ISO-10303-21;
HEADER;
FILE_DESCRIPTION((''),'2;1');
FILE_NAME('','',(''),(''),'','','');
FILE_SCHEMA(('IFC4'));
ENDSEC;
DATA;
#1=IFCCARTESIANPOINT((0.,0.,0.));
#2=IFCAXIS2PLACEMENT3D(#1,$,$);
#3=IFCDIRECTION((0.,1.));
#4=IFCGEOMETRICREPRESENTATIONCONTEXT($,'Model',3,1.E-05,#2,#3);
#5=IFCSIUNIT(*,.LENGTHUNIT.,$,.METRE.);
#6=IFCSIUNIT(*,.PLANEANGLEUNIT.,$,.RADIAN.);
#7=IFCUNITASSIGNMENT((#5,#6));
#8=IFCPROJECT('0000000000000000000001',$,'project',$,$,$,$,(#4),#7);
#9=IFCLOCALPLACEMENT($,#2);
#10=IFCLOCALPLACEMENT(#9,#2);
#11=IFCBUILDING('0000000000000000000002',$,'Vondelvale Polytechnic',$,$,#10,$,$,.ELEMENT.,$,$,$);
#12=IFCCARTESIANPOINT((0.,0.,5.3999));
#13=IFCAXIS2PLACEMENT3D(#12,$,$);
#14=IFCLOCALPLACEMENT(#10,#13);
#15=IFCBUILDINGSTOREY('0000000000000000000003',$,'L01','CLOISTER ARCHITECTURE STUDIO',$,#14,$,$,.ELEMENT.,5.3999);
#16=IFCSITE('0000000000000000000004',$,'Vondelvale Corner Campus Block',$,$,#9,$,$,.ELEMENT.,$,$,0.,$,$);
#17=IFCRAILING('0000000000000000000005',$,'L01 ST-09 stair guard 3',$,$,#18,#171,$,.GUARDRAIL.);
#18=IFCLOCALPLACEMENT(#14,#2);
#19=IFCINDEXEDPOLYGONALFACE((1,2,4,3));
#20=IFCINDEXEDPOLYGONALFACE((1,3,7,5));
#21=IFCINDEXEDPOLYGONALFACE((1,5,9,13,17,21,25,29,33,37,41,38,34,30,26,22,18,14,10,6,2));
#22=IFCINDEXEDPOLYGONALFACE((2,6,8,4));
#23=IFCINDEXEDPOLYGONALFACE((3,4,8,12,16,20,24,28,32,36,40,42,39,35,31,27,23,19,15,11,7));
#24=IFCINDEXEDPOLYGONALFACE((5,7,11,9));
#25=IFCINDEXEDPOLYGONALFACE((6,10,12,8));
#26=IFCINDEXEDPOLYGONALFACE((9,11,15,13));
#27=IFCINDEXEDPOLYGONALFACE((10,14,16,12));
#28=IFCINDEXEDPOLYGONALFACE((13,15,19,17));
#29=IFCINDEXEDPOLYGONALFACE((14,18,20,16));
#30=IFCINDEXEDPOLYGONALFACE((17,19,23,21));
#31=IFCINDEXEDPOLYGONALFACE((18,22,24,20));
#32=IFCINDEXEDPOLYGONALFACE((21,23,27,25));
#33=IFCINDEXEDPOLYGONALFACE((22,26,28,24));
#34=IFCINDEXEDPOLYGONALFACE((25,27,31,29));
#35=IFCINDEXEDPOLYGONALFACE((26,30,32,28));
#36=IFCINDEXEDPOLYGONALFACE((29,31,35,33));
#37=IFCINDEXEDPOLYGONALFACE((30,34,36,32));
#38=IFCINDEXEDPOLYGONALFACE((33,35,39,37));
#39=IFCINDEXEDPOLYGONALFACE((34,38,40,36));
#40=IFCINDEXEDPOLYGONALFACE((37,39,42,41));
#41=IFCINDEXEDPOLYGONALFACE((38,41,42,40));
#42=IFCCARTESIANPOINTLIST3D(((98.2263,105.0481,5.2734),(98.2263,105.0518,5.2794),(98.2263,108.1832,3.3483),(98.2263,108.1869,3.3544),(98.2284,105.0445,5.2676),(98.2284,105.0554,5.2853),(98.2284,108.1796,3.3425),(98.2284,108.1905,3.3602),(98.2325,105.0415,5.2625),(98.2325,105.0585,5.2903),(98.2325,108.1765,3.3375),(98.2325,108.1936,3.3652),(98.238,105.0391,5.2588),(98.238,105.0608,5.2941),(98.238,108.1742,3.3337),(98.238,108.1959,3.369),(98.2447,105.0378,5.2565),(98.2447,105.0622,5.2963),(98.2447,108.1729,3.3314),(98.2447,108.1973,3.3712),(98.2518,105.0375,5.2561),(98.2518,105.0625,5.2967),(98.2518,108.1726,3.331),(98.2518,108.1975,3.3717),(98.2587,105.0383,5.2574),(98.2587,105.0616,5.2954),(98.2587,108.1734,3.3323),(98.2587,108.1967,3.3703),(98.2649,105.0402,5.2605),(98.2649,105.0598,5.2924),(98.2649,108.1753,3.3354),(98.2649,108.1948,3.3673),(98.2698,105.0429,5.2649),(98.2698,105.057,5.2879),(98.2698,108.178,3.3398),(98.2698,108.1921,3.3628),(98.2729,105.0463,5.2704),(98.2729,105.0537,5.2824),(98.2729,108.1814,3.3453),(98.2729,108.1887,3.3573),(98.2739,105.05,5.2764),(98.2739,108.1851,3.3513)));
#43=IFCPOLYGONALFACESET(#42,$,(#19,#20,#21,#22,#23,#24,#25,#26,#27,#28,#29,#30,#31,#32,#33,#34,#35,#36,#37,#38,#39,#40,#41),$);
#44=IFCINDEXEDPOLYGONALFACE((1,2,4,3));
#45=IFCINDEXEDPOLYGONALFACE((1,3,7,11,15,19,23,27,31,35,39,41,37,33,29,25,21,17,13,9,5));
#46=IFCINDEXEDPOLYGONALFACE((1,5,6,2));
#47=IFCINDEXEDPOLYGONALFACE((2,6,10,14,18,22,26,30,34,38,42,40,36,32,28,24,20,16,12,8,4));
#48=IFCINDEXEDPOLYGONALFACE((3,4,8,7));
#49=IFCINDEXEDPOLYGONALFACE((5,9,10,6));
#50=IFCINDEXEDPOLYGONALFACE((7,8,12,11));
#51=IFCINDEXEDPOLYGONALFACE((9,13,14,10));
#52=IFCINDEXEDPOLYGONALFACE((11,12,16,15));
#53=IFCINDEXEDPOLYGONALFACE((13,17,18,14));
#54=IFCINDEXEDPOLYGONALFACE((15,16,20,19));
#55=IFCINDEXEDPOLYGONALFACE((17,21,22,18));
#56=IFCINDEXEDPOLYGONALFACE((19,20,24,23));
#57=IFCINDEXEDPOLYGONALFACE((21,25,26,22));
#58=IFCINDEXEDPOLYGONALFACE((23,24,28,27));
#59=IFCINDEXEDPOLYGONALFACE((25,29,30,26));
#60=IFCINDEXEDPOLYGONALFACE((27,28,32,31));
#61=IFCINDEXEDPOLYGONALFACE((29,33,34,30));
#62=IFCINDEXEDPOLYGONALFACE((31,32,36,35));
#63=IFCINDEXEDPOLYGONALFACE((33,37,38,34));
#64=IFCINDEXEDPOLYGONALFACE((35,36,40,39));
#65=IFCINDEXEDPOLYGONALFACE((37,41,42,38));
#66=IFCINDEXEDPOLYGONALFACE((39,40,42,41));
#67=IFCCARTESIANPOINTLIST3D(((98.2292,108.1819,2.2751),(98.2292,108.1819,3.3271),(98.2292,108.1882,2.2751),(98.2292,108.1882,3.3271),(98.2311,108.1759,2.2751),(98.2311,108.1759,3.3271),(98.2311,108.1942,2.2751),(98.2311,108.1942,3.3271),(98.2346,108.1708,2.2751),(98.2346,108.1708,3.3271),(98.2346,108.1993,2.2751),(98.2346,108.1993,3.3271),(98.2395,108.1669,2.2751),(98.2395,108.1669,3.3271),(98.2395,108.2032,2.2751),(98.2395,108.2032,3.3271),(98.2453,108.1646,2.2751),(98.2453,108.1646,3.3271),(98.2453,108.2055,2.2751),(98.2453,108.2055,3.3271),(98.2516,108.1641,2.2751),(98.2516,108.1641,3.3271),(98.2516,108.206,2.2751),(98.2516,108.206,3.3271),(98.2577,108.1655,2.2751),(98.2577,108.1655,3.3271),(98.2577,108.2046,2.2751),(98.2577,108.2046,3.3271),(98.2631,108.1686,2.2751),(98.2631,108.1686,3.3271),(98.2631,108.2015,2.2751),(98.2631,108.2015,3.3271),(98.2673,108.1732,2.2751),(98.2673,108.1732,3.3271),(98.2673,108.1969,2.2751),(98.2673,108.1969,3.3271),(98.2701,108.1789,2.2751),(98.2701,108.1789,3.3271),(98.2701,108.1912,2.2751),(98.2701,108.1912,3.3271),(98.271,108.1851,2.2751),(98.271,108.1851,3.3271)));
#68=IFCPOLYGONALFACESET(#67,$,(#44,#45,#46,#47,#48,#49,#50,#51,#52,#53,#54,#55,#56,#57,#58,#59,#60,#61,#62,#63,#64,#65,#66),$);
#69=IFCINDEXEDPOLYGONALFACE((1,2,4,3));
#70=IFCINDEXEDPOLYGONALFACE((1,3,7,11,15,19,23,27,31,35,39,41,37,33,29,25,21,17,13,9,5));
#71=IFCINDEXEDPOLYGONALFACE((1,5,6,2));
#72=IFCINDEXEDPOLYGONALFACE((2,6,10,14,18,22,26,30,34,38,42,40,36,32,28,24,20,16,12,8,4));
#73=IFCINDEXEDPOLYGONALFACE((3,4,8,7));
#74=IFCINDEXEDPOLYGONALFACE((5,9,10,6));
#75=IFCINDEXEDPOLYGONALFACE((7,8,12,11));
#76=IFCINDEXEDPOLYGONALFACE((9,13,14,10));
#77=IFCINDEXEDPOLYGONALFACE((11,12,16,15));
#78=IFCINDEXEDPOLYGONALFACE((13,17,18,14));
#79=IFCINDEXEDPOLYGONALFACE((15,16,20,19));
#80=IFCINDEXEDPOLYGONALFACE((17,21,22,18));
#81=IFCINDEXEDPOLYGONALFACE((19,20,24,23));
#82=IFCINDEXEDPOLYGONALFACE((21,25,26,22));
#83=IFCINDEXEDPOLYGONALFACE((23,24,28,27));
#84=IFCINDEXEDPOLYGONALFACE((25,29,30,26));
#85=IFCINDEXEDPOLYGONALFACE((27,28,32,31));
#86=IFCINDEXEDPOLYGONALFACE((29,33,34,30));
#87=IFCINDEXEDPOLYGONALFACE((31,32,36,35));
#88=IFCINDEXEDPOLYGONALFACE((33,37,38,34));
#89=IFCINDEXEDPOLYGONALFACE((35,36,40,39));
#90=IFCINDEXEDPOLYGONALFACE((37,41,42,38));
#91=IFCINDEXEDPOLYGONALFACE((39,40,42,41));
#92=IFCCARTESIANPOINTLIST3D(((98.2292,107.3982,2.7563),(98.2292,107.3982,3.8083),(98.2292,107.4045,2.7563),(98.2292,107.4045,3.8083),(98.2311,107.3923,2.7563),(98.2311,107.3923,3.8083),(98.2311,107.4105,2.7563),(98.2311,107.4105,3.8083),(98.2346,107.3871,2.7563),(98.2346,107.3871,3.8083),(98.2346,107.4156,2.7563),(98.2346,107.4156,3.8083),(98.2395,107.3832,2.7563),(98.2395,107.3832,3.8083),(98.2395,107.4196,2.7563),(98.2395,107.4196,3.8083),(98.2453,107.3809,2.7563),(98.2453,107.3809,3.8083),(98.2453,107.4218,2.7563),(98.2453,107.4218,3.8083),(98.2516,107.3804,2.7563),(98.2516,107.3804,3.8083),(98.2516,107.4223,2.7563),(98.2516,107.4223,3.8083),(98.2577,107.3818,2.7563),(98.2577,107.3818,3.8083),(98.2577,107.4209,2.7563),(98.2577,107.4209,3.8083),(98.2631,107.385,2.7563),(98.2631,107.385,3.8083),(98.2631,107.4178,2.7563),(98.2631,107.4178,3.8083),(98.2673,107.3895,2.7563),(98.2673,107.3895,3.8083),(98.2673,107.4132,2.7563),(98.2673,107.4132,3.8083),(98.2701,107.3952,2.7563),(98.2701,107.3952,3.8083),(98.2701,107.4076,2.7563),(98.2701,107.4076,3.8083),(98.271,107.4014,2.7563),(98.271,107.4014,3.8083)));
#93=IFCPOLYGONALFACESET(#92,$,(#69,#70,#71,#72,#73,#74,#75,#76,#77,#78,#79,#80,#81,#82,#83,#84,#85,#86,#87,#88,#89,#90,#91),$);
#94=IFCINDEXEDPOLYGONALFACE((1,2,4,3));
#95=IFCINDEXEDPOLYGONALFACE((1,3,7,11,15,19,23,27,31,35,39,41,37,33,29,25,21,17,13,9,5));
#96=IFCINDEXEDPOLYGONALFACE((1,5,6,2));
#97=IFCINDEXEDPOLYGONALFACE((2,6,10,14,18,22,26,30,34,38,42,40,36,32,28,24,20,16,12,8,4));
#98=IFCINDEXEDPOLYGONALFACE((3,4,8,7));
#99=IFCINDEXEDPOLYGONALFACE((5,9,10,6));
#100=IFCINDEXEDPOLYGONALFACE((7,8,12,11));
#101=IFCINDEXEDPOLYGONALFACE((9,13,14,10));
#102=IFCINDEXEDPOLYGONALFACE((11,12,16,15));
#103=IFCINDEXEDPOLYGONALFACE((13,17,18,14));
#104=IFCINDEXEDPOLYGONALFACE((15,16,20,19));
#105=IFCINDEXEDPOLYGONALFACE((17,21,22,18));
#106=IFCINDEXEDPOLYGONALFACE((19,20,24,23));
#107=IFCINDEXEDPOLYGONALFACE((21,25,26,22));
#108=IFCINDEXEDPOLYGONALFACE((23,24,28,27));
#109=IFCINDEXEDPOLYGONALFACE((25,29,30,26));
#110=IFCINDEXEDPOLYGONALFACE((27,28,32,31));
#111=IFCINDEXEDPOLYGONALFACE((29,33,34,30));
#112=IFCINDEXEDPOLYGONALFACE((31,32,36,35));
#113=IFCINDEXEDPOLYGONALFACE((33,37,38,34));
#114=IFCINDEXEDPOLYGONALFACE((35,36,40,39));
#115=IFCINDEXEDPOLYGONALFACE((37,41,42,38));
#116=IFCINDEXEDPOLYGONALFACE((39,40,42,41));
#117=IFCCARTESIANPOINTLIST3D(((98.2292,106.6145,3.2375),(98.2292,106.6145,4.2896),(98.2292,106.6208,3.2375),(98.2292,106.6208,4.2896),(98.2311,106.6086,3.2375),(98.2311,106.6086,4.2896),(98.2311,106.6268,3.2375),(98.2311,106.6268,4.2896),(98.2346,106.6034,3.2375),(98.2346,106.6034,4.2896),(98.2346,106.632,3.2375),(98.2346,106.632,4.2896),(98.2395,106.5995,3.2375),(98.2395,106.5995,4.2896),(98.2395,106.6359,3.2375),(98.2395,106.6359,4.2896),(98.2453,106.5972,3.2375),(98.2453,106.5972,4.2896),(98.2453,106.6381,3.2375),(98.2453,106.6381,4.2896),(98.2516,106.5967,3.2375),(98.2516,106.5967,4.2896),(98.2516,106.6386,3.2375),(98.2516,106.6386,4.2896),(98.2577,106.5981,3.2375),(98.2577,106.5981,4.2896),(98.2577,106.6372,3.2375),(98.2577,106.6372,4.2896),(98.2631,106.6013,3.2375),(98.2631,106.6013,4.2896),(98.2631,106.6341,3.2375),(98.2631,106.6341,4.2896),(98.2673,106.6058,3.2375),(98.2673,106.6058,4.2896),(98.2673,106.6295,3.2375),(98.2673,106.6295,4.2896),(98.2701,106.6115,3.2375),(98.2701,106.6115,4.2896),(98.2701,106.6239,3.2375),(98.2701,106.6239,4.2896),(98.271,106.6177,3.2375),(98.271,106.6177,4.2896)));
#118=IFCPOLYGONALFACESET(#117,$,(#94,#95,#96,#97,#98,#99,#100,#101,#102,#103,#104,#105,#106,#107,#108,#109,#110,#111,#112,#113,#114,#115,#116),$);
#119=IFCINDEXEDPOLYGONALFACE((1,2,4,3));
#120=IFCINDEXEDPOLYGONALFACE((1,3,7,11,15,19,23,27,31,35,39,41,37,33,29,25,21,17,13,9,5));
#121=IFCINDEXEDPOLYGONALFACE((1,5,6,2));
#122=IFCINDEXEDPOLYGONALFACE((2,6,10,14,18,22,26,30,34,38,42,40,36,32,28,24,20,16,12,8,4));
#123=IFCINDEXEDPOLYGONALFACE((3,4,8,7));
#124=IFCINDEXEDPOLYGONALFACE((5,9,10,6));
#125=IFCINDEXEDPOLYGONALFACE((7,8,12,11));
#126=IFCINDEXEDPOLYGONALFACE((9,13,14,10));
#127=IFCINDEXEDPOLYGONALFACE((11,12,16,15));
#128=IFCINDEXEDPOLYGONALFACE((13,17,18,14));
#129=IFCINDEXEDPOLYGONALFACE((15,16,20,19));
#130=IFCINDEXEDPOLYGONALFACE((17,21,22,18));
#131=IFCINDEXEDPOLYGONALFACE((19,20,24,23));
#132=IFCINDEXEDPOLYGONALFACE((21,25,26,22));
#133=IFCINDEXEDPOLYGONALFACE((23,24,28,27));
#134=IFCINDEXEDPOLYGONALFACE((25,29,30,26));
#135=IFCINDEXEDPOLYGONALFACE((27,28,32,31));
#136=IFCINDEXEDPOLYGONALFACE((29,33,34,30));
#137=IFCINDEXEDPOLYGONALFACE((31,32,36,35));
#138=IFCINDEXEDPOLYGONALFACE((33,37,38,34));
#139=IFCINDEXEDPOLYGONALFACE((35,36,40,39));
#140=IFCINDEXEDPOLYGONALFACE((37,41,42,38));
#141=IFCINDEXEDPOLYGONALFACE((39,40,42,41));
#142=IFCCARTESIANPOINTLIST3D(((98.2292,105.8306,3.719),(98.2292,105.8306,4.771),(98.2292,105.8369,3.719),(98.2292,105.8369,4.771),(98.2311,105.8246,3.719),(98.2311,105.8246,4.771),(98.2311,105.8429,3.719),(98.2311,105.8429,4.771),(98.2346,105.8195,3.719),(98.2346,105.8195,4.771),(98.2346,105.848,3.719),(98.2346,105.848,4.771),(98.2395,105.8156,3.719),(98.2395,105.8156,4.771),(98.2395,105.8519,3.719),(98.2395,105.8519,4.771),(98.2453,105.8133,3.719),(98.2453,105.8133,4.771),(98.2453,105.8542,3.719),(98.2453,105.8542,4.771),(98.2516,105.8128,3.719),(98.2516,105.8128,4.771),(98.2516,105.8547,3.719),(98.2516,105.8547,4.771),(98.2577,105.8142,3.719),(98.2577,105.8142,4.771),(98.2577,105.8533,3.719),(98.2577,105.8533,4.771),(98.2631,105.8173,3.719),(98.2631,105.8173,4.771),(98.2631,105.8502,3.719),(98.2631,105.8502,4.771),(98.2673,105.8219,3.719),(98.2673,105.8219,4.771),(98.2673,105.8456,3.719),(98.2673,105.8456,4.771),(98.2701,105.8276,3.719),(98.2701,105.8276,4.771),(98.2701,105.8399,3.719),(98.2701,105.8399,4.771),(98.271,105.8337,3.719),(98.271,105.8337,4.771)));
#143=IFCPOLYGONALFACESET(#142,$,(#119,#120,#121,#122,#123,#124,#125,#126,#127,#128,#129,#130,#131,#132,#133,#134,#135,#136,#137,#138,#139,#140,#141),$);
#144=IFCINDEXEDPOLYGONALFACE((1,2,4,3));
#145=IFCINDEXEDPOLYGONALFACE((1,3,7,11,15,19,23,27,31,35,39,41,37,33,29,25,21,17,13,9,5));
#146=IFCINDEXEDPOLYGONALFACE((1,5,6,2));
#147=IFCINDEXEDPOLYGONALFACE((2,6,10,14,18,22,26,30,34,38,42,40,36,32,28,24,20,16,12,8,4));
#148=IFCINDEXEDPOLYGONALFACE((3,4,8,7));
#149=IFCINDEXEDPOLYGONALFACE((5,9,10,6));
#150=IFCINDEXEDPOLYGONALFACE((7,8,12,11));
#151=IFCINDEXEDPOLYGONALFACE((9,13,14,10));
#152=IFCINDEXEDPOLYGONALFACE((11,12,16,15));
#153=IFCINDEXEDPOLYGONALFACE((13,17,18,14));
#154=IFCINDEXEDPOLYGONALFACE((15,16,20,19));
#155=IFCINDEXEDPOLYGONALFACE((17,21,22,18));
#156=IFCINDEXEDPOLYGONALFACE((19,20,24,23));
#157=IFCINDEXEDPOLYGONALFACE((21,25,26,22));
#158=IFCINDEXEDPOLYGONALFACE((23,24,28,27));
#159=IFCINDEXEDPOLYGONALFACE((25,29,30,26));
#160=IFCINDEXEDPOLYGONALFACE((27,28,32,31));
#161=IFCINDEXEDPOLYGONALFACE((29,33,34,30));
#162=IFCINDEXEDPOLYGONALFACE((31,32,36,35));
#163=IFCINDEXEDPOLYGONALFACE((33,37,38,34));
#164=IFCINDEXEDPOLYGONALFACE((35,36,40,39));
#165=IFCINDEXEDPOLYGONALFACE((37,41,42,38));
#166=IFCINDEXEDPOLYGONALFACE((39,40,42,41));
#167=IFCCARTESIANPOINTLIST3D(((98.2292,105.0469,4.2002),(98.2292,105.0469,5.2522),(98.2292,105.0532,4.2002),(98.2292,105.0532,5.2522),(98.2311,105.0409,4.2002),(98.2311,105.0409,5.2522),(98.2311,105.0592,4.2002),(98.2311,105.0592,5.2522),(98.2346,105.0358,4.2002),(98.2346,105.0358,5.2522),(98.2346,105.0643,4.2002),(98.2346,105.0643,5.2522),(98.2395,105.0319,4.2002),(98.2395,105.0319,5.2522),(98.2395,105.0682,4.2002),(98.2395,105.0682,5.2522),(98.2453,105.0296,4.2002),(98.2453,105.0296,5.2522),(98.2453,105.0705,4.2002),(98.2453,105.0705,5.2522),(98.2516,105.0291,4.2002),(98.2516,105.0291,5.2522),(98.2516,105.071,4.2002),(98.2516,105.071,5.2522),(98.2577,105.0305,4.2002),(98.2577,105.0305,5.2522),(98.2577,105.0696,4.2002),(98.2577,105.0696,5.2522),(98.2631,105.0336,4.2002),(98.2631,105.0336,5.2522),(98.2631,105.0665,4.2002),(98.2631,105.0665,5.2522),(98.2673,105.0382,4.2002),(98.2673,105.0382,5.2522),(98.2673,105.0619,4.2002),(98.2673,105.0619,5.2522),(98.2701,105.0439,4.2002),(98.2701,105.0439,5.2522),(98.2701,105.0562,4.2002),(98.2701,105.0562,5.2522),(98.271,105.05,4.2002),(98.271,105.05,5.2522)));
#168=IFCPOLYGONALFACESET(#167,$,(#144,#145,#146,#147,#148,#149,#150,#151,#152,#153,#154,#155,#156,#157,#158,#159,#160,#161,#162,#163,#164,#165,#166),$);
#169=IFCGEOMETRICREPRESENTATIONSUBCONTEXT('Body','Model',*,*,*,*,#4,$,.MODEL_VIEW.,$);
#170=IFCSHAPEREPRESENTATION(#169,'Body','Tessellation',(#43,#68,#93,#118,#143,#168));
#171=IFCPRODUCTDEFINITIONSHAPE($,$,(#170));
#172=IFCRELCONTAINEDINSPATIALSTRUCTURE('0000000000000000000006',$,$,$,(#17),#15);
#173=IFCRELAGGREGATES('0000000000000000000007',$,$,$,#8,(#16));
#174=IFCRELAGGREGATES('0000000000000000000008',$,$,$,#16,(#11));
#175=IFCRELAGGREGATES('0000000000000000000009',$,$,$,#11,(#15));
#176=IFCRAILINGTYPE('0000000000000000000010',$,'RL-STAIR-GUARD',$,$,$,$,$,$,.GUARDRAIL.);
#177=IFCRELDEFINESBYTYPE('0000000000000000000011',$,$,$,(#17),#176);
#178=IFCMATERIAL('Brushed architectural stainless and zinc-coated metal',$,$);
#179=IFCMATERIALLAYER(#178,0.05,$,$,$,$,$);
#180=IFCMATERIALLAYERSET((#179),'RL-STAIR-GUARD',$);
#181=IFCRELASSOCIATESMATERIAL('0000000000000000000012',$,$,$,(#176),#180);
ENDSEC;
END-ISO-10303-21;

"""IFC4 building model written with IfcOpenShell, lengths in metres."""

from ifc_helpers import new_model, si_unit, direction, frame, origin, origin_2d, place, context, subcontext, project, spatial, circle, extrude, material, layer, layer_set, type_object, element, save


model = new_model("IFC4")

# Units and contexts
model_context = context("Model", 3, precision=1e-05, world=origin(), true_north=direction((0.0, 1.0)))
body_context = subcontext(model_context, "Body", "Model", "MODEL_VIEW")
ifc_project = project(units=[si_unit("LENGTHUNIT", "METRE"), si_unit("PLANEANGLEUNIT", "RADIAN")], contexts=[model_context])

# Site, building, storey
site_placement = place(None, origin())
site = spatial("IfcSite", under=ifc_project, at=site_placement, Name="Vondelvale Corner Campus Block", CompositionType="ELEMENT", RefElevation=0.0)
building_placement = place(site_placement, origin())
building = spatial("IfcBuilding", under=site, at=building_placement, Name="Vondelvale Polytechnic", CompositionType="ELEMENT")
storey_placement = place(building_placement, frame((0.0, 0.0, 5.3999)))
storey = spatial("IfcBuildingStorey", under=building, at=storey_placement, Name="L01", Description="CLOISTER ARCHITECTURE STUDIO", CompositionType="ELEMENT", Elevation=5.3999)

# Railing
ifc_material_1 = material(Name="Brushed architectural stainless and zinc-coated metal")
ifc_layer_1 = layer(ifc_material_1, 0.05)
ifc_layer_set_1 = layer_set([ifc_layer_1], Name="RL-STAIR-GUARD")
railing_type_1 = type_object("IfcRailingType", Name="RL-STAIR-GUARD", PredefinedType="GUARDRAIL", material=ifc_layer_set_1)
railing_1_placement = place(storey_placement, frame((98.25, 108.1851, 2.2751)))
element("IfcRailing", 1, at=railing_1_placement, inside=storey, type_object=railing_type_1, Name="L01 ST-09 stair guard 3", PredefinedType="GUARDRAIL", context=body_context, shape_type="SweptSolid", body=[
    extrude(circle(Radius=0.0239, at=origin_2d()), frame((0.0, 0.0, 1.0762), z_axis=(0.0, -0.852166, 0.523271), x_axis=(1.0, 0.0, 0.0)), (0.0, 0.0, 1.0), 3.679),
    extrude(circle(Radius=0.021, at=origin_2d()), origin(), (0.0, 0.0, 1.0), 1.052),
    extrude(circle(Radius=0.021, at=origin_2d()), frame((0.0, -0.7837, 0.4812)), (0.0, 0.0, 1.0), 1.052),
    extrude(circle(Radius=0.021, at=origin_2d()), frame((0.0, -1.5674, 0.9624)), (0.0, 0.0, 1.0), 1.052),
    extrude(circle(Radius=0.021, at=origin_2d()), frame((0.0, -2.3513, 1.4438)), (0.0, 0.0, 1.0), 1.052),
    extrude(circle(Radius=0.021, at=origin_2d()), frame((0.0, -3.135, 1.925)), (0.0, 0.0, 1.0), 1.052),
])

save(model, "model.ifc")
